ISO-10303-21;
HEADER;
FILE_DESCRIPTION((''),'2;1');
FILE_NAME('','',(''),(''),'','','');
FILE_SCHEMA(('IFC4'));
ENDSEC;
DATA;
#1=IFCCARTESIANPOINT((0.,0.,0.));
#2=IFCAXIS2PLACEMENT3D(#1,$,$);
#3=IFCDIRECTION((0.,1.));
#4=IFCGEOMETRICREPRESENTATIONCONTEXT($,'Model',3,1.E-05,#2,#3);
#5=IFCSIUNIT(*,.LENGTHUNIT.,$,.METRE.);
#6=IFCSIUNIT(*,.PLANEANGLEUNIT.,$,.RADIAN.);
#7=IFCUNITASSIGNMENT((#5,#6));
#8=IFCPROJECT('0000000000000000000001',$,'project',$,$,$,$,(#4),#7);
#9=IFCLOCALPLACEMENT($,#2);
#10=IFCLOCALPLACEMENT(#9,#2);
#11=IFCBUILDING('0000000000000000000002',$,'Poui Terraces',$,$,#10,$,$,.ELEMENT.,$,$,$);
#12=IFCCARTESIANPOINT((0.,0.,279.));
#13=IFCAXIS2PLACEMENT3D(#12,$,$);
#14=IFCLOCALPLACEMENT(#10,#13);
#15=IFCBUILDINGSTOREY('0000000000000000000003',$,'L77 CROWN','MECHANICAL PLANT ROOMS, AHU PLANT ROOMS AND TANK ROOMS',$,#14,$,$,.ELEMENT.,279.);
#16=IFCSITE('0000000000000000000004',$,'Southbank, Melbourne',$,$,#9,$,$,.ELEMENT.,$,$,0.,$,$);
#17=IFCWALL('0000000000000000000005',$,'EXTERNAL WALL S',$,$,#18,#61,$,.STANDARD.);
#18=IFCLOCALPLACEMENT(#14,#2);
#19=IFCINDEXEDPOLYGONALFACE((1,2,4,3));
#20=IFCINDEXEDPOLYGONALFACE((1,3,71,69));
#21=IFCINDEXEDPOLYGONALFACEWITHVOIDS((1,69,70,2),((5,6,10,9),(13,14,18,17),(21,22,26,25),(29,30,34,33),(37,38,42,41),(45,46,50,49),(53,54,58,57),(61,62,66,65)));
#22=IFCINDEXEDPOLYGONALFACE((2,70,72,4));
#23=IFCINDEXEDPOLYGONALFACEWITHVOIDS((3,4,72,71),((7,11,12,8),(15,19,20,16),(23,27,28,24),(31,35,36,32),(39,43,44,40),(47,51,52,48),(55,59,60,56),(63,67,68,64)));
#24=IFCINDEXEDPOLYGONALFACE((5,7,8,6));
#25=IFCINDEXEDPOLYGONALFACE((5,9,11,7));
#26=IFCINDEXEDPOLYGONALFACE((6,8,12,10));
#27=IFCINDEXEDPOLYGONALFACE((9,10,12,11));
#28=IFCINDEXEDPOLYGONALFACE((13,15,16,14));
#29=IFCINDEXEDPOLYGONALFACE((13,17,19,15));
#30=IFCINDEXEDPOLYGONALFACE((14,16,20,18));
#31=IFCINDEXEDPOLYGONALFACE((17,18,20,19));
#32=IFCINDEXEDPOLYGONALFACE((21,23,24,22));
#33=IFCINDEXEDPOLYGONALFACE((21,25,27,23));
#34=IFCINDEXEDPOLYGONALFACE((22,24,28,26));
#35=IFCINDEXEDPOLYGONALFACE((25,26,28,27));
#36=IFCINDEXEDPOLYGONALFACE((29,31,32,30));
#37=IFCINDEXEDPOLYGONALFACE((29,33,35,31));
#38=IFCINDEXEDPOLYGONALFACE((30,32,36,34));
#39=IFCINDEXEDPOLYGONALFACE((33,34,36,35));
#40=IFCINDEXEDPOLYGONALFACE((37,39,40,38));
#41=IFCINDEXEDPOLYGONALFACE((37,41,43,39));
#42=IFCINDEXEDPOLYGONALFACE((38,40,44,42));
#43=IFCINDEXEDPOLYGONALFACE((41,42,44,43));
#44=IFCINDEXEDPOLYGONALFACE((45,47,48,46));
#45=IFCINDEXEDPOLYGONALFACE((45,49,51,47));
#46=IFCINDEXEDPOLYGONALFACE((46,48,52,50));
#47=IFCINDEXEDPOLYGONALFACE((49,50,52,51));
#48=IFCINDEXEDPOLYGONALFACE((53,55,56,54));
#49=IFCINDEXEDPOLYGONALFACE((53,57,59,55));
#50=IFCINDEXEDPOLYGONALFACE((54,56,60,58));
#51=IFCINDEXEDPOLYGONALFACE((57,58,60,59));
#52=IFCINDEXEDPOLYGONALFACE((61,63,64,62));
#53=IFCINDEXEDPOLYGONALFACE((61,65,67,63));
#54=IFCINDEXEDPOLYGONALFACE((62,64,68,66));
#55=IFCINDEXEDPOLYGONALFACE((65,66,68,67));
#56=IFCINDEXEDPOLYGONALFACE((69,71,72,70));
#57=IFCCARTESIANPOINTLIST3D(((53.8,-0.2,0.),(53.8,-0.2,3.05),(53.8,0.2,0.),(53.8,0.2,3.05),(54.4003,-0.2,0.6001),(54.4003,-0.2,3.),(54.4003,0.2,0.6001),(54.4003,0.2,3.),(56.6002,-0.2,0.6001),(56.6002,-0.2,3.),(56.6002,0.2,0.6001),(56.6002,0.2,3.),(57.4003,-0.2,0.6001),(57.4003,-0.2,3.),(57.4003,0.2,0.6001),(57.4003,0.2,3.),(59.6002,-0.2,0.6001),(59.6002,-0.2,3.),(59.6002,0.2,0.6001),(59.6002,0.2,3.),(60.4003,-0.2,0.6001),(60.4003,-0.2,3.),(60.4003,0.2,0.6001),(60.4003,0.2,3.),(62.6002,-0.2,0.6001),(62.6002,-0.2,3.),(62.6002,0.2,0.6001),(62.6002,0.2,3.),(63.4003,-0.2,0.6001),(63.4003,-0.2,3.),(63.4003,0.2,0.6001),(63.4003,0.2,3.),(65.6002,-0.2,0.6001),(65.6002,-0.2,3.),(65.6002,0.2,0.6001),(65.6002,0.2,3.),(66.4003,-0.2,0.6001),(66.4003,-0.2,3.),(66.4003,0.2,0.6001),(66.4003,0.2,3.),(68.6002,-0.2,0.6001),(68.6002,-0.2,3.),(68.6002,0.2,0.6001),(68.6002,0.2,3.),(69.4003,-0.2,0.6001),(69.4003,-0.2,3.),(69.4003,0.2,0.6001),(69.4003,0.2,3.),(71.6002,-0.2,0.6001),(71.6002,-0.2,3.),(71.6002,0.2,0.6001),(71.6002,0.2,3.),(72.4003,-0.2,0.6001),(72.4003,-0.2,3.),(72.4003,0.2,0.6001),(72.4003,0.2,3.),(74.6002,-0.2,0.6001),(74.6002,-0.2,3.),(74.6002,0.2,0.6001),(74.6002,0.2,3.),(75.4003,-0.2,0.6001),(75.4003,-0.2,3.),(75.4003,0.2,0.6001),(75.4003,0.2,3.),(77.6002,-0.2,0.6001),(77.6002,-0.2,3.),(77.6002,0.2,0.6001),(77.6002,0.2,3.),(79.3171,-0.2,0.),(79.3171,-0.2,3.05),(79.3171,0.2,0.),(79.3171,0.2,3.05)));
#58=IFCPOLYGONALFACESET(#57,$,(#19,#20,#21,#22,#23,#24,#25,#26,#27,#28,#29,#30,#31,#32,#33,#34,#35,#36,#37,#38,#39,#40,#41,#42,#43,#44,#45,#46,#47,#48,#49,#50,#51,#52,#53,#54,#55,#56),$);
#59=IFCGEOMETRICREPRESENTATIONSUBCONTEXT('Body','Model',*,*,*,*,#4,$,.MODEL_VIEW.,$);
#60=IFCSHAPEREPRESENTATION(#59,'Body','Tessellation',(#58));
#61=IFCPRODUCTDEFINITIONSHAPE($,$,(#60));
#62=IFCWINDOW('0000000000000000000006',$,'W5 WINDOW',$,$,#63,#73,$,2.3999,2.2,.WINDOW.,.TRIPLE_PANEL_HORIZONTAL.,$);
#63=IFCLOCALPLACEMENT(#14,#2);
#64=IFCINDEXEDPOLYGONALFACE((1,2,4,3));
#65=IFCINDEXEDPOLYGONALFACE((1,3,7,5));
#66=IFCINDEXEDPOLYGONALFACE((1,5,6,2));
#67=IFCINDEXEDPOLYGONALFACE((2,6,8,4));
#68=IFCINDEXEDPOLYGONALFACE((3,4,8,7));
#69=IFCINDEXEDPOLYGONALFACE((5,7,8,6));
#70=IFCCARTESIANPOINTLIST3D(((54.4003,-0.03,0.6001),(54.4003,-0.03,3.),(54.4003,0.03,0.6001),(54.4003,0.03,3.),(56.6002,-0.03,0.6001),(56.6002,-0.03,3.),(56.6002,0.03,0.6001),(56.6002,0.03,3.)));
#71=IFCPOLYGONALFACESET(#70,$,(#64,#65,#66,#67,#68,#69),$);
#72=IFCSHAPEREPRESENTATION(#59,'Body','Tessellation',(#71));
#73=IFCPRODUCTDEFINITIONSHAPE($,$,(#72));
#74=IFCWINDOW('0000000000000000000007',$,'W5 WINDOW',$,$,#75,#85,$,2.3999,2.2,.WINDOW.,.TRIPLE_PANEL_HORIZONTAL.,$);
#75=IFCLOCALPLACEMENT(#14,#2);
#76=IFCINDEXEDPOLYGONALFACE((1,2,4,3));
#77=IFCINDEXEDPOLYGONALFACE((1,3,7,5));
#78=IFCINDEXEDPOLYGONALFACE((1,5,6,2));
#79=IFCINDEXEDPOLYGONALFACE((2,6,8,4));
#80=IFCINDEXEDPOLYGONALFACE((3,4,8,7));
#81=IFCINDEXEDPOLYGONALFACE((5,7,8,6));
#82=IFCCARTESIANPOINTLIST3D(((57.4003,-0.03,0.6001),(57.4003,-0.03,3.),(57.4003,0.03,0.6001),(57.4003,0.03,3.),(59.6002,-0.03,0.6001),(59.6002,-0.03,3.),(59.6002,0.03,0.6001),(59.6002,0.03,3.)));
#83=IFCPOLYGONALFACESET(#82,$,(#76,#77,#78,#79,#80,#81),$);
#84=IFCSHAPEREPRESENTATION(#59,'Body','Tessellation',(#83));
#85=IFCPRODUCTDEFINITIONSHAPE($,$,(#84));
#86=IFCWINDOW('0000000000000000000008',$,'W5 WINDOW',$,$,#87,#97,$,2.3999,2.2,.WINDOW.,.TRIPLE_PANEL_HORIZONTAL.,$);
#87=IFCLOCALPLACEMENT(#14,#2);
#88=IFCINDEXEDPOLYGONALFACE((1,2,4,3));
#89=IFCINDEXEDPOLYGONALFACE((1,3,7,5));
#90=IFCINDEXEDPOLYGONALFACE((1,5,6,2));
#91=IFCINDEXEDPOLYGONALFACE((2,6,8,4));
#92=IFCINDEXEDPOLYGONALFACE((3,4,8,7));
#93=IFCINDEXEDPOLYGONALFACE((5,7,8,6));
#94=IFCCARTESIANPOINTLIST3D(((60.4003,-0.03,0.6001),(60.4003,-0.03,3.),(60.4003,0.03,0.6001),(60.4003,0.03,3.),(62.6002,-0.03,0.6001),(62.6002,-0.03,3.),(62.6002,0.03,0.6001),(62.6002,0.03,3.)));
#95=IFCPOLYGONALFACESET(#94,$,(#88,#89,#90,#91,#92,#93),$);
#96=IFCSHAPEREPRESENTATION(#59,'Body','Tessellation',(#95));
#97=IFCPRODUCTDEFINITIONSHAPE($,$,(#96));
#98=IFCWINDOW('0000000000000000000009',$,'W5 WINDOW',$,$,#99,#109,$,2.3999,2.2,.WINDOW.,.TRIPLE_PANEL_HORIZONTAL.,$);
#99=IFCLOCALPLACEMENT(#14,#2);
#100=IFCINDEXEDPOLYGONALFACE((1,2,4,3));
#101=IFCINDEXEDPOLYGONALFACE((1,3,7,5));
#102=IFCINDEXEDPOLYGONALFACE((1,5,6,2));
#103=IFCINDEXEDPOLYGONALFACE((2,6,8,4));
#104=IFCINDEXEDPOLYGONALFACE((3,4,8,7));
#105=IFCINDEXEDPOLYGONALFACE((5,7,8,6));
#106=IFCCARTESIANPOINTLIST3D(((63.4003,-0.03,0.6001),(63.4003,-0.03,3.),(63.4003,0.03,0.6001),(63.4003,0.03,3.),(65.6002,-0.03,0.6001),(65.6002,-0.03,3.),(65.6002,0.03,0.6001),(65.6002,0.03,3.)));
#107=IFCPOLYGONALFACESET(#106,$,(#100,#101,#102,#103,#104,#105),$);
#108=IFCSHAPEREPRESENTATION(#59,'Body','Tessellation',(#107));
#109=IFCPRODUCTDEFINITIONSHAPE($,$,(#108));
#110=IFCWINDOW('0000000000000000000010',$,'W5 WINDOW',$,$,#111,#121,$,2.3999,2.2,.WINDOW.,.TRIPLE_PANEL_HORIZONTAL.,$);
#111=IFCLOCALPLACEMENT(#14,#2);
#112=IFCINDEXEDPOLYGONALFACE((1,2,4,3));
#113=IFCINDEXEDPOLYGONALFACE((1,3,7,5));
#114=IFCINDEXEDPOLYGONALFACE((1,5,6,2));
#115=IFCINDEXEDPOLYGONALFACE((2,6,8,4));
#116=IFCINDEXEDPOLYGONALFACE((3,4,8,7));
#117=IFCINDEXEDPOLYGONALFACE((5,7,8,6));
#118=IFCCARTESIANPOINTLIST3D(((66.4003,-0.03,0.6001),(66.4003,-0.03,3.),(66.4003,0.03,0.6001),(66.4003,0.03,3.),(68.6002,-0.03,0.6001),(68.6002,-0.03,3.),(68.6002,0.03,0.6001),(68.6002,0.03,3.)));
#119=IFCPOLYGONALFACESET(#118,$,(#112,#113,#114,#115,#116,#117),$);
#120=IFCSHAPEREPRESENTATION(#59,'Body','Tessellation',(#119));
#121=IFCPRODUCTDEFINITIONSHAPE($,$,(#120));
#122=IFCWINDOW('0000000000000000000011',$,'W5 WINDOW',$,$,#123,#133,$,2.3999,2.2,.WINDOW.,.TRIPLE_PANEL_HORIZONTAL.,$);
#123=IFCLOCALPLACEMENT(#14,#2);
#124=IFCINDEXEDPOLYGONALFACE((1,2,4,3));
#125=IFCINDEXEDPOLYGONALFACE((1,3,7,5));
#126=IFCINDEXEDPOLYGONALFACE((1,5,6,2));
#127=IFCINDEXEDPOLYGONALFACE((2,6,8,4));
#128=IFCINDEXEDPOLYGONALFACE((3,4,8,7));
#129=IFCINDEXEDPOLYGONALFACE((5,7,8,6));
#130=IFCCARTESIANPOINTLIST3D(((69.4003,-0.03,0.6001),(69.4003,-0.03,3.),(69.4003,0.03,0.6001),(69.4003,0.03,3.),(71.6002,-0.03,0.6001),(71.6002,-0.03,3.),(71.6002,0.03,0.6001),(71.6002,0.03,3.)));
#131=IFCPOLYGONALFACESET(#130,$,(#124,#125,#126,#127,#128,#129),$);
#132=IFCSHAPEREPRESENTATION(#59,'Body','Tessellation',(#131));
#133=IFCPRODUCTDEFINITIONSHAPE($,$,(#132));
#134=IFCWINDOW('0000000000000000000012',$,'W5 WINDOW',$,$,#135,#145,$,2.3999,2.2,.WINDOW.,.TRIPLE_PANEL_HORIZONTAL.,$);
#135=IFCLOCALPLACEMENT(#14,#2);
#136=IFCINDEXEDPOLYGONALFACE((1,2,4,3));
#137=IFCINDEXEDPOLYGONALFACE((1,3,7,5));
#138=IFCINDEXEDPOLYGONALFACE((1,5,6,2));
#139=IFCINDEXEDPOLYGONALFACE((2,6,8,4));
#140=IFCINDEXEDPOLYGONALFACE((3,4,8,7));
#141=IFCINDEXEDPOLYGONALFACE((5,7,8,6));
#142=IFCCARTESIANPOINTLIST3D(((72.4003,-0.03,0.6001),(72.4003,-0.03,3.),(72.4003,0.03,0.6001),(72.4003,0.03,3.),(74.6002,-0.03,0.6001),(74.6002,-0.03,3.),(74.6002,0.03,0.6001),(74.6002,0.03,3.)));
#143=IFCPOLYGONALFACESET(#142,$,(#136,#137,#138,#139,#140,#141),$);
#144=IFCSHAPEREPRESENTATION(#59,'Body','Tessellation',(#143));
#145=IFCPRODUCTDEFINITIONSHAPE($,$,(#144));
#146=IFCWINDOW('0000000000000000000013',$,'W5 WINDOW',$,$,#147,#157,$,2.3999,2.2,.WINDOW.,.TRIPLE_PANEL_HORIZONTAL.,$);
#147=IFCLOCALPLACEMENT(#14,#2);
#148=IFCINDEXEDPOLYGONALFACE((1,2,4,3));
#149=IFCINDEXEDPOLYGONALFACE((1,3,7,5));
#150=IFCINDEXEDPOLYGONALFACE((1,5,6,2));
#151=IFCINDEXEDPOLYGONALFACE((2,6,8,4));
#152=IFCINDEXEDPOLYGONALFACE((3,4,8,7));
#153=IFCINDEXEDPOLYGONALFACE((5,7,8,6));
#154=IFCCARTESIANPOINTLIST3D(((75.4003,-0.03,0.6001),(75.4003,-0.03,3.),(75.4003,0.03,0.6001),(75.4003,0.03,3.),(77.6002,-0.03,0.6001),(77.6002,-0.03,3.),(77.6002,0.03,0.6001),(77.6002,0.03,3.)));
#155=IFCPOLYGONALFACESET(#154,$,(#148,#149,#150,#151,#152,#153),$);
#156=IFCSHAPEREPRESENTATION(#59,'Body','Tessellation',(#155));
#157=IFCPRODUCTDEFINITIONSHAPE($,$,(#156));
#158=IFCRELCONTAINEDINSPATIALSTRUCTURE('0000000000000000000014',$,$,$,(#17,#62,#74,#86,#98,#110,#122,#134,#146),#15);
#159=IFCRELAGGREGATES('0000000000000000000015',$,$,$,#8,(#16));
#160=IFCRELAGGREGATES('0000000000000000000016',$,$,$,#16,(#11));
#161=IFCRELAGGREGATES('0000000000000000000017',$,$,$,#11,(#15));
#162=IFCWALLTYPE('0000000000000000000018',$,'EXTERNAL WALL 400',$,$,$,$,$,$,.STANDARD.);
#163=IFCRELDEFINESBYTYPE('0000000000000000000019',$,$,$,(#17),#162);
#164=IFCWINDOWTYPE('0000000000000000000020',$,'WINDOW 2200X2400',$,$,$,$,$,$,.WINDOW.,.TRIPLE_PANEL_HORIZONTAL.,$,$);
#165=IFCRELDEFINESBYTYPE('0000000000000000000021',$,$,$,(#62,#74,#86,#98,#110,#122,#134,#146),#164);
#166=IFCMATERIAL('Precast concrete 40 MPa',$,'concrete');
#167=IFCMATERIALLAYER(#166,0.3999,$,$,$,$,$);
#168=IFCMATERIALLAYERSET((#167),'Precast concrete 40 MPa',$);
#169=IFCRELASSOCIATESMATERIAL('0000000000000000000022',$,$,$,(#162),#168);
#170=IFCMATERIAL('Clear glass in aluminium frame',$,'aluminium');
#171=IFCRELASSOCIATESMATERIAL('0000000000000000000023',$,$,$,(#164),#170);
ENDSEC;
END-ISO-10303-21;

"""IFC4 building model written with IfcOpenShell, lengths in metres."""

from ifc_helpers import new_model, si_unit, direction, frame, frame_2d, origin, place, context, subcontext, project, spatial, rectangle, extrude, material, layer, layer_set, type_object, element, fill, save


model = new_model("IFC4")

# Units and contexts
model_context = context("Model", 3, precision=1e-05, world=origin(), true_north=direction((0.0, 1.0)))
body_context = subcontext(model_context, "Body", "Model", "MODEL_VIEW")
ifc_project = project(units=[si_unit("LENGTHUNIT", "METRE"), si_unit("PLANEANGLEUNIT", "RADIAN")], contexts=[model_context])

# Site, building, storey
site_placement = place(None, origin())
site = spatial("IfcSite", under=ifc_project, at=site_placement, Name="Southbank, Melbourne", CompositionType="ELEMENT", RefElevation=0.0)
building_placement = place(site_placement, origin())
building = spatial("IfcBuilding", under=site, at=building_placement, Name="Poui Terraces", CompositionType="ELEMENT")
storey_placement = place(building_placement, frame((0.0, 0.0, 279.0)))
storey = spatial("IfcBuildingStorey", under=building, at=storey_placement, Name="L77 CROWN", Description="MECHANICAL PLANT ROOMS, AHU PLANT ROOMS AND TANK ROOMS", CompositionType="ELEMENT", Elevation=279.0)

# Wall, openings, windows
ifc_material_1 = material(Name="Precast concrete 40 MPa", Category="concrete")
ifc_layer_1 = layer(ifc_material_1, 0.3999)
ifc_layer_set_1 = layer_set([ifc_layer_1], Name="Precast concrete 40 MPa")
wall_type_1 = type_object("IfcWallType", Name="EXTERNAL WALL 400", PredefinedType="STANDARD", material=ifc_layer_set_1)
wall_1_placement = place(storey_placement, frame((53.8, 0.0, 0.0), z_axis=(0.0, 0.0, 1.0), x_axis=(1.0, 0.0, 0.0)))
wall_1 = element("IfcWall", 1, at=wall_1_placement, inside=storey, type_object=wall_type_1, Name="EXTERNAL WALL S", PredefinedType="STANDARD", context=body_context, shape_type="SweptSolid", body=[
    extrude(rectangle(XDim=25.5171, YDim=0.3999, at=frame_2d((12.7585, 0.0))), origin(), (0.0, 0.0, 1.0), 3.05),
])
opening_1_placement = place(wall_1_placement, frame((0.6001, 0.0, 0.6001)))
opening_1 = element("IfcOpeningElement", 2, at=opening_1_placement, cuts=wall_1, PredefinedType="OPENING", context=body_context, shape_type="SweptSolid", body=[
    extrude(rectangle(XDim=2.2, YDim=2.3999, at=frame_2d((1.1001, 1.2))), frame((0.0, 0.21, 0.0), z_axis=(0.0, -1.0, 0.0), x_axis=(1.0, 0.0, 0.0)), (0.0, 0.0, 1.0), 0.4199),
])
opening_2_placement = place(wall_1_placement, frame((3.6001, 0.0, 0.6001)))
opening_2 = element("IfcOpeningElement", 3, at=opening_2_placement, cuts=wall_1, PredefinedType="OPENING", context=body_context, shape_type="SweptSolid", body=[
    extrude(rectangle(XDim=2.2, YDim=2.3999, at=frame_2d((1.1001, 1.2))), frame((0.0, 0.21, 0.0), z_axis=(0.0, -1.0, 0.0), x_axis=(1.0, 0.0, 0.0)), (0.0, 0.0, 1.0), 0.4199),
])
opening_3_placement = place(wall_1_placement, frame((6.6001, 0.0, 0.6001)))
opening_3 = element("IfcOpeningElement", 4, at=opening_3_placement, cuts=wall_1, PredefinedType="OPENING", context=body_context, shape_type="SweptSolid", body=[
    extrude(rectangle(XDim=2.2, YDim=2.3999, at=frame_2d((1.1001, 1.2))), frame((0.0, 0.21, 0.0), z_axis=(0.0, -1.0, 0.0), x_axis=(1.0, 0.0, 0.0)), (0.0, 0.0, 1.0), 0.4199),
])
opening_4_placement = place(wall_1_placement, frame((9.6001, 0.0, 0.6001)))
opening_4 = element("IfcOpeningElement", 5, at=opening_4_placement, cuts=wall_1, PredefinedType="OPENING", context=body_context, shape_type="SweptSolid", body=[
    extrude(rectangle(XDim=2.2, YDim=2.3999, at=frame_2d((1.1001, 1.2))), frame((0.0, 0.21, 0.0), z_axis=(0.0, -1.0, 0.0), x_axis=(1.0, 0.0, 0.0)), (0.0, 0.0, 1.0), 0.4199),
])
opening_5_placement = place(wall_1_placement, frame((12.6001, 0.0, 0.6001)))
opening_5 = element("IfcOpeningElement", 6, at=opening_5_placement, cuts=wall_1, PredefinedType="OPENING", context=body_context, shape_type="SweptSolid", body=[
    extrude(rectangle(XDim=2.2, YDim=2.3999, at=frame_2d((1.1001, 1.2))), frame((0.0, 0.21, 0.0), z_axis=(0.0, -1.0, 0.0), x_axis=(1.0, 0.0, 0.0)), (0.0, 0.0, 1.0), 0.4199),
])
opening_6_placement = place(wall_1_placement, frame((15.6001, 0.0, 0.6001)))
opening_6 = element("IfcOpeningElement", 7, at=opening_6_placement, cuts=wall_1, PredefinedType="OPENING", context=body_context, shape_type="SweptSolid", body=[
    extrude(rectangle(XDim=2.2, YDim=2.3999, at=frame_2d((1.1001, 1.2))), frame((0.0, 0.21, 0.0), z_axis=(0.0, -1.0, 0.0), x_axis=(1.0, 0.0, 0.0)), (0.0, 0.0, 1.0), 0.4199),
])
opening_7_placement = place(wall_1_placement, frame((18.6001, 0.0, 0.6001)))
opening_7 = element("IfcOpeningElement", 8, at=opening_7_placement, cuts=wall_1, PredefinedType="OPENING", context=body_context, shape_type="SweptSolid", body=[
    extrude(rectangle(XDim=2.2, YDim=2.3999, at=frame_2d((1.1001, 1.2))), frame((0.0, 0.21, 0.0), z_axis=(0.0, -1.0, 0.0), x_axis=(1.0, 0.0, 0.0)), (0.0, 0.0, 1.0), 0.4199),
])
opening_8_placement = place(wall_1_placement, frame((21.6001, 0.0, 0.6001)))
opening_8 = element("IfcOpeningElement", 9, at=opening_8_placement, cuts=wall_1, PredefinedType="OPENING", context=body_context, shape_type="SweptSolid", body=[
    extrude(rectangle(XDim=2.2, YDim=2.3999, at=frame_2d((1.1001, 1.2))), frame((0.0, 0.21, 0.0), z_axis=(0.0, -1.0, 0.0), x_axis=(1.0, 0.0, 0.0)), (0.0, 0.0, 1.0), 0.4199),
])
ifc_material_2 = material(Name="Clear glass in aluminium frame", Category="aluminium")
window_type = type_object("IfcWindowType", Name="WINDOW 2200X2400", PartitioningType="TRIPLE_PANEL_HORIZONTAL", PredefinedType="WINDOW", material=ifc_material_2)
window_1_placement = place(opening_1_placement, origin())
window_1 = element("IfcWindow", 10, at=window_1_placement, inside=storey, type_object=window_type, Name="W5 WINDOW", OverallHeight=2.3999, OverallWidth=2.2, PartitioningType="TRIPLE_PANEL_HORIZONTAL", PredefinedType="WINDOW", context=body_context, shape_type="SweptSolid", body=[
    extrude(rectangle(XDim=2.2, YDim=2.3999, at=frame_2d((1.1001, 1.2))), frame((0.0, 0.03, 0.0), z_axis=(0.0, -1.0, 0.0), x_axis=(1.0, 0.0, 0.0)), (0.0, 0.0, 1.0), 0.0601),
])
fill(opening_1, window_1)
window_2_placement = place(opening_2_placement, origin())
window_2 = element("IfcWindow", 11, at=window_2_placement, inside=storey, type_object=window_type, Name="W5 WINDOW", OverallHeight=2.3999, OverallWidth=2.2, PartitioningType="TRIPLE_PANEL_HORIZONTAL", PredefinedType="WINDOW", context=body_context, shape_type="SweptSolid", body=[
    extrude(rectangle(XDim=2.2, YDim=2.3999, at=frame_2d((1.1001, 1.2))), frame((0.0, 0.03, 0.0), z_axis=(0.0, -1.0, 0.0), x_axis=(1.0, 0.0, 0.0)), (0.0, 0.0, 1.0), 0.0601),
])
fill(opening_2, window_2)
window_3_placement = place(opening_3_placement, origin())
window_3 = element("IfcWindow", 12, at=window_3_placement, inside=storey, type_object=window_type, Name="W5 WINDOW", OverallHeight=2.3999, OverallWidth=2.2, PartitioningType="TRIPLE_PANEL_HORIZONTAL", PredefinedType="WINDOW", context=body_context, shape_type="SweptSolid", body=[
    extrude(rectangle(XDim=2.2, YDim=2.3999, at=frame_2d((1.1001, 1.2))), frame((0.0, 0.03, 0.0), z_axis=(0.0, -1.0, 0.0), x_axis=(1.0, 0.0, 0.0)), (0.0, 0.0, 1.0), 0.0601),
])
fill(opening_3, window_3)
window_4_placement = place(opening_4_placement, origin())
window_4 = element("IfcWindow", 13, at=window_4_placement, inside=storey, type_object=window_type, Name="W5 WINDOW", OverallHeight=2.3999, OverallWidth=2.2, PartitioningType="TRIPLE_PANEL_HORIZONTAL", PredefinedType="WINDOW", context=body_context, shape_type="SweptSolid", body=[
    extrude(rectangle(XDim=2.2, YDim=2.3999, at=frame_2d((1.1001, 1.2))), frame((0.0, 0.03, 0.0), z_axis=(0.0, -1.0, 0.0), x_axis=(1.0, 0.0, 0.0)), (0.0, 0.0, 1.0), 0.0601),
])
fill(opening_4, window_4)
window_5_placement = place(opening_5_placement, origin())
window_5 = element("IfcWindow", 14, at=window_5_placement, inside=storey, type_object=window_type, Name="W5 WINDOW", OverallHeight=2.3999, OverallWidth=2.2, PartitioningType="TRIPLE_PANEL_HORIZONTAL", PredefinedType="WINDOW", context=body_context, shape_type="SweptSolid", body=[
    extrude(rectangle(XDim=2.2, YDim=2.3999, at=frame_2d((1.1001, 1.2))), frame((0.0, 0.03, 0.0), z_axis=(0.0, -1.0, 0.0), x_axis=(1.0, 0.0, 0.0)), (0.0, 0.0, 1.0), 0.0601),
])
fill(opening_5, window_5)
window_6_placement = place(opening_6_placement, origin())
window_6 = element("IfcWindow", 15, at=window_6_placement, inside=storey, type_object=window_type, Name="W5 WINDOW", OverallHeight=2.3999, OverallWidth=2.2, PartitioningType="TRIPLE_PANEL_HORIZONTAL", PredefinedType="WINDOW", context=body_context, shape_type="SweptSolid", body=[
    extrude(rectangle(XDim=2.2, YDim=2.3999, at=frame_2d((1.1001, 1.2))), frame((0.0, 0.03, 0.0), z_axis=(0.0, -1.0, 0.0), x_axis=(1.0, 0.0, 0.0)), (0.0, 0.0, 1.0), 0.0601),
])
fill(opening_6, window_6)
window_7_placement = place(opening_7_placement, origin())
window_7 = element("IfcWindow", 16, at=window_7_placement, inside=storey, type_object=window_type, Name="W5 WINDOW", OverallHeight=2.3999, OverallWidth=2.2, PartitioningType="TRIPLE_PANEL_HORIZONTAL", PredefinedType="WINDOW", context=body_context, shape_type="SweptSolid", body=[
    extrude(rectangle(XDim=2.2, YDim=2.3999, at=frame_2d((1.1001, 1.2))), frame((0.0, 0.03, 0.0), z_axis=(0.0, -1.0, 0.0), x_axis=(1.0, 0.0, 0.0)), (0.0, 0.0, 1.0), 0.0601),
])
fill(opening_7, window_7)
window_8_placement = place(opening_8_placement, origin())
window_8 = element("IfcWindow", 17, at=window_8_placement, inside=storey, type_object=window_type, Name="W5 WINDOW", OverallHeight=2.3999, OverallWidth=2.2, PartitioningType="TRIPLE_PANEL_HORIZONTAL", PredefinedType="WINDOW", context=body_context, shape_type="SweptSolid", body=[
    extrude(rectangle(XDim=2.2, YDim=2.3999, at=frame_2d((1.1001, 1.2))), frame((0.0, 0.03, 0.0), z_axis=(0.0, -1.0, 0.0), x_axis=(1.0, 0.0, 0.0)), (0.0, 0.0, 1.0), 0.0601),
])
fill(opening_8, window_8)

save(model, "model.ifc")
